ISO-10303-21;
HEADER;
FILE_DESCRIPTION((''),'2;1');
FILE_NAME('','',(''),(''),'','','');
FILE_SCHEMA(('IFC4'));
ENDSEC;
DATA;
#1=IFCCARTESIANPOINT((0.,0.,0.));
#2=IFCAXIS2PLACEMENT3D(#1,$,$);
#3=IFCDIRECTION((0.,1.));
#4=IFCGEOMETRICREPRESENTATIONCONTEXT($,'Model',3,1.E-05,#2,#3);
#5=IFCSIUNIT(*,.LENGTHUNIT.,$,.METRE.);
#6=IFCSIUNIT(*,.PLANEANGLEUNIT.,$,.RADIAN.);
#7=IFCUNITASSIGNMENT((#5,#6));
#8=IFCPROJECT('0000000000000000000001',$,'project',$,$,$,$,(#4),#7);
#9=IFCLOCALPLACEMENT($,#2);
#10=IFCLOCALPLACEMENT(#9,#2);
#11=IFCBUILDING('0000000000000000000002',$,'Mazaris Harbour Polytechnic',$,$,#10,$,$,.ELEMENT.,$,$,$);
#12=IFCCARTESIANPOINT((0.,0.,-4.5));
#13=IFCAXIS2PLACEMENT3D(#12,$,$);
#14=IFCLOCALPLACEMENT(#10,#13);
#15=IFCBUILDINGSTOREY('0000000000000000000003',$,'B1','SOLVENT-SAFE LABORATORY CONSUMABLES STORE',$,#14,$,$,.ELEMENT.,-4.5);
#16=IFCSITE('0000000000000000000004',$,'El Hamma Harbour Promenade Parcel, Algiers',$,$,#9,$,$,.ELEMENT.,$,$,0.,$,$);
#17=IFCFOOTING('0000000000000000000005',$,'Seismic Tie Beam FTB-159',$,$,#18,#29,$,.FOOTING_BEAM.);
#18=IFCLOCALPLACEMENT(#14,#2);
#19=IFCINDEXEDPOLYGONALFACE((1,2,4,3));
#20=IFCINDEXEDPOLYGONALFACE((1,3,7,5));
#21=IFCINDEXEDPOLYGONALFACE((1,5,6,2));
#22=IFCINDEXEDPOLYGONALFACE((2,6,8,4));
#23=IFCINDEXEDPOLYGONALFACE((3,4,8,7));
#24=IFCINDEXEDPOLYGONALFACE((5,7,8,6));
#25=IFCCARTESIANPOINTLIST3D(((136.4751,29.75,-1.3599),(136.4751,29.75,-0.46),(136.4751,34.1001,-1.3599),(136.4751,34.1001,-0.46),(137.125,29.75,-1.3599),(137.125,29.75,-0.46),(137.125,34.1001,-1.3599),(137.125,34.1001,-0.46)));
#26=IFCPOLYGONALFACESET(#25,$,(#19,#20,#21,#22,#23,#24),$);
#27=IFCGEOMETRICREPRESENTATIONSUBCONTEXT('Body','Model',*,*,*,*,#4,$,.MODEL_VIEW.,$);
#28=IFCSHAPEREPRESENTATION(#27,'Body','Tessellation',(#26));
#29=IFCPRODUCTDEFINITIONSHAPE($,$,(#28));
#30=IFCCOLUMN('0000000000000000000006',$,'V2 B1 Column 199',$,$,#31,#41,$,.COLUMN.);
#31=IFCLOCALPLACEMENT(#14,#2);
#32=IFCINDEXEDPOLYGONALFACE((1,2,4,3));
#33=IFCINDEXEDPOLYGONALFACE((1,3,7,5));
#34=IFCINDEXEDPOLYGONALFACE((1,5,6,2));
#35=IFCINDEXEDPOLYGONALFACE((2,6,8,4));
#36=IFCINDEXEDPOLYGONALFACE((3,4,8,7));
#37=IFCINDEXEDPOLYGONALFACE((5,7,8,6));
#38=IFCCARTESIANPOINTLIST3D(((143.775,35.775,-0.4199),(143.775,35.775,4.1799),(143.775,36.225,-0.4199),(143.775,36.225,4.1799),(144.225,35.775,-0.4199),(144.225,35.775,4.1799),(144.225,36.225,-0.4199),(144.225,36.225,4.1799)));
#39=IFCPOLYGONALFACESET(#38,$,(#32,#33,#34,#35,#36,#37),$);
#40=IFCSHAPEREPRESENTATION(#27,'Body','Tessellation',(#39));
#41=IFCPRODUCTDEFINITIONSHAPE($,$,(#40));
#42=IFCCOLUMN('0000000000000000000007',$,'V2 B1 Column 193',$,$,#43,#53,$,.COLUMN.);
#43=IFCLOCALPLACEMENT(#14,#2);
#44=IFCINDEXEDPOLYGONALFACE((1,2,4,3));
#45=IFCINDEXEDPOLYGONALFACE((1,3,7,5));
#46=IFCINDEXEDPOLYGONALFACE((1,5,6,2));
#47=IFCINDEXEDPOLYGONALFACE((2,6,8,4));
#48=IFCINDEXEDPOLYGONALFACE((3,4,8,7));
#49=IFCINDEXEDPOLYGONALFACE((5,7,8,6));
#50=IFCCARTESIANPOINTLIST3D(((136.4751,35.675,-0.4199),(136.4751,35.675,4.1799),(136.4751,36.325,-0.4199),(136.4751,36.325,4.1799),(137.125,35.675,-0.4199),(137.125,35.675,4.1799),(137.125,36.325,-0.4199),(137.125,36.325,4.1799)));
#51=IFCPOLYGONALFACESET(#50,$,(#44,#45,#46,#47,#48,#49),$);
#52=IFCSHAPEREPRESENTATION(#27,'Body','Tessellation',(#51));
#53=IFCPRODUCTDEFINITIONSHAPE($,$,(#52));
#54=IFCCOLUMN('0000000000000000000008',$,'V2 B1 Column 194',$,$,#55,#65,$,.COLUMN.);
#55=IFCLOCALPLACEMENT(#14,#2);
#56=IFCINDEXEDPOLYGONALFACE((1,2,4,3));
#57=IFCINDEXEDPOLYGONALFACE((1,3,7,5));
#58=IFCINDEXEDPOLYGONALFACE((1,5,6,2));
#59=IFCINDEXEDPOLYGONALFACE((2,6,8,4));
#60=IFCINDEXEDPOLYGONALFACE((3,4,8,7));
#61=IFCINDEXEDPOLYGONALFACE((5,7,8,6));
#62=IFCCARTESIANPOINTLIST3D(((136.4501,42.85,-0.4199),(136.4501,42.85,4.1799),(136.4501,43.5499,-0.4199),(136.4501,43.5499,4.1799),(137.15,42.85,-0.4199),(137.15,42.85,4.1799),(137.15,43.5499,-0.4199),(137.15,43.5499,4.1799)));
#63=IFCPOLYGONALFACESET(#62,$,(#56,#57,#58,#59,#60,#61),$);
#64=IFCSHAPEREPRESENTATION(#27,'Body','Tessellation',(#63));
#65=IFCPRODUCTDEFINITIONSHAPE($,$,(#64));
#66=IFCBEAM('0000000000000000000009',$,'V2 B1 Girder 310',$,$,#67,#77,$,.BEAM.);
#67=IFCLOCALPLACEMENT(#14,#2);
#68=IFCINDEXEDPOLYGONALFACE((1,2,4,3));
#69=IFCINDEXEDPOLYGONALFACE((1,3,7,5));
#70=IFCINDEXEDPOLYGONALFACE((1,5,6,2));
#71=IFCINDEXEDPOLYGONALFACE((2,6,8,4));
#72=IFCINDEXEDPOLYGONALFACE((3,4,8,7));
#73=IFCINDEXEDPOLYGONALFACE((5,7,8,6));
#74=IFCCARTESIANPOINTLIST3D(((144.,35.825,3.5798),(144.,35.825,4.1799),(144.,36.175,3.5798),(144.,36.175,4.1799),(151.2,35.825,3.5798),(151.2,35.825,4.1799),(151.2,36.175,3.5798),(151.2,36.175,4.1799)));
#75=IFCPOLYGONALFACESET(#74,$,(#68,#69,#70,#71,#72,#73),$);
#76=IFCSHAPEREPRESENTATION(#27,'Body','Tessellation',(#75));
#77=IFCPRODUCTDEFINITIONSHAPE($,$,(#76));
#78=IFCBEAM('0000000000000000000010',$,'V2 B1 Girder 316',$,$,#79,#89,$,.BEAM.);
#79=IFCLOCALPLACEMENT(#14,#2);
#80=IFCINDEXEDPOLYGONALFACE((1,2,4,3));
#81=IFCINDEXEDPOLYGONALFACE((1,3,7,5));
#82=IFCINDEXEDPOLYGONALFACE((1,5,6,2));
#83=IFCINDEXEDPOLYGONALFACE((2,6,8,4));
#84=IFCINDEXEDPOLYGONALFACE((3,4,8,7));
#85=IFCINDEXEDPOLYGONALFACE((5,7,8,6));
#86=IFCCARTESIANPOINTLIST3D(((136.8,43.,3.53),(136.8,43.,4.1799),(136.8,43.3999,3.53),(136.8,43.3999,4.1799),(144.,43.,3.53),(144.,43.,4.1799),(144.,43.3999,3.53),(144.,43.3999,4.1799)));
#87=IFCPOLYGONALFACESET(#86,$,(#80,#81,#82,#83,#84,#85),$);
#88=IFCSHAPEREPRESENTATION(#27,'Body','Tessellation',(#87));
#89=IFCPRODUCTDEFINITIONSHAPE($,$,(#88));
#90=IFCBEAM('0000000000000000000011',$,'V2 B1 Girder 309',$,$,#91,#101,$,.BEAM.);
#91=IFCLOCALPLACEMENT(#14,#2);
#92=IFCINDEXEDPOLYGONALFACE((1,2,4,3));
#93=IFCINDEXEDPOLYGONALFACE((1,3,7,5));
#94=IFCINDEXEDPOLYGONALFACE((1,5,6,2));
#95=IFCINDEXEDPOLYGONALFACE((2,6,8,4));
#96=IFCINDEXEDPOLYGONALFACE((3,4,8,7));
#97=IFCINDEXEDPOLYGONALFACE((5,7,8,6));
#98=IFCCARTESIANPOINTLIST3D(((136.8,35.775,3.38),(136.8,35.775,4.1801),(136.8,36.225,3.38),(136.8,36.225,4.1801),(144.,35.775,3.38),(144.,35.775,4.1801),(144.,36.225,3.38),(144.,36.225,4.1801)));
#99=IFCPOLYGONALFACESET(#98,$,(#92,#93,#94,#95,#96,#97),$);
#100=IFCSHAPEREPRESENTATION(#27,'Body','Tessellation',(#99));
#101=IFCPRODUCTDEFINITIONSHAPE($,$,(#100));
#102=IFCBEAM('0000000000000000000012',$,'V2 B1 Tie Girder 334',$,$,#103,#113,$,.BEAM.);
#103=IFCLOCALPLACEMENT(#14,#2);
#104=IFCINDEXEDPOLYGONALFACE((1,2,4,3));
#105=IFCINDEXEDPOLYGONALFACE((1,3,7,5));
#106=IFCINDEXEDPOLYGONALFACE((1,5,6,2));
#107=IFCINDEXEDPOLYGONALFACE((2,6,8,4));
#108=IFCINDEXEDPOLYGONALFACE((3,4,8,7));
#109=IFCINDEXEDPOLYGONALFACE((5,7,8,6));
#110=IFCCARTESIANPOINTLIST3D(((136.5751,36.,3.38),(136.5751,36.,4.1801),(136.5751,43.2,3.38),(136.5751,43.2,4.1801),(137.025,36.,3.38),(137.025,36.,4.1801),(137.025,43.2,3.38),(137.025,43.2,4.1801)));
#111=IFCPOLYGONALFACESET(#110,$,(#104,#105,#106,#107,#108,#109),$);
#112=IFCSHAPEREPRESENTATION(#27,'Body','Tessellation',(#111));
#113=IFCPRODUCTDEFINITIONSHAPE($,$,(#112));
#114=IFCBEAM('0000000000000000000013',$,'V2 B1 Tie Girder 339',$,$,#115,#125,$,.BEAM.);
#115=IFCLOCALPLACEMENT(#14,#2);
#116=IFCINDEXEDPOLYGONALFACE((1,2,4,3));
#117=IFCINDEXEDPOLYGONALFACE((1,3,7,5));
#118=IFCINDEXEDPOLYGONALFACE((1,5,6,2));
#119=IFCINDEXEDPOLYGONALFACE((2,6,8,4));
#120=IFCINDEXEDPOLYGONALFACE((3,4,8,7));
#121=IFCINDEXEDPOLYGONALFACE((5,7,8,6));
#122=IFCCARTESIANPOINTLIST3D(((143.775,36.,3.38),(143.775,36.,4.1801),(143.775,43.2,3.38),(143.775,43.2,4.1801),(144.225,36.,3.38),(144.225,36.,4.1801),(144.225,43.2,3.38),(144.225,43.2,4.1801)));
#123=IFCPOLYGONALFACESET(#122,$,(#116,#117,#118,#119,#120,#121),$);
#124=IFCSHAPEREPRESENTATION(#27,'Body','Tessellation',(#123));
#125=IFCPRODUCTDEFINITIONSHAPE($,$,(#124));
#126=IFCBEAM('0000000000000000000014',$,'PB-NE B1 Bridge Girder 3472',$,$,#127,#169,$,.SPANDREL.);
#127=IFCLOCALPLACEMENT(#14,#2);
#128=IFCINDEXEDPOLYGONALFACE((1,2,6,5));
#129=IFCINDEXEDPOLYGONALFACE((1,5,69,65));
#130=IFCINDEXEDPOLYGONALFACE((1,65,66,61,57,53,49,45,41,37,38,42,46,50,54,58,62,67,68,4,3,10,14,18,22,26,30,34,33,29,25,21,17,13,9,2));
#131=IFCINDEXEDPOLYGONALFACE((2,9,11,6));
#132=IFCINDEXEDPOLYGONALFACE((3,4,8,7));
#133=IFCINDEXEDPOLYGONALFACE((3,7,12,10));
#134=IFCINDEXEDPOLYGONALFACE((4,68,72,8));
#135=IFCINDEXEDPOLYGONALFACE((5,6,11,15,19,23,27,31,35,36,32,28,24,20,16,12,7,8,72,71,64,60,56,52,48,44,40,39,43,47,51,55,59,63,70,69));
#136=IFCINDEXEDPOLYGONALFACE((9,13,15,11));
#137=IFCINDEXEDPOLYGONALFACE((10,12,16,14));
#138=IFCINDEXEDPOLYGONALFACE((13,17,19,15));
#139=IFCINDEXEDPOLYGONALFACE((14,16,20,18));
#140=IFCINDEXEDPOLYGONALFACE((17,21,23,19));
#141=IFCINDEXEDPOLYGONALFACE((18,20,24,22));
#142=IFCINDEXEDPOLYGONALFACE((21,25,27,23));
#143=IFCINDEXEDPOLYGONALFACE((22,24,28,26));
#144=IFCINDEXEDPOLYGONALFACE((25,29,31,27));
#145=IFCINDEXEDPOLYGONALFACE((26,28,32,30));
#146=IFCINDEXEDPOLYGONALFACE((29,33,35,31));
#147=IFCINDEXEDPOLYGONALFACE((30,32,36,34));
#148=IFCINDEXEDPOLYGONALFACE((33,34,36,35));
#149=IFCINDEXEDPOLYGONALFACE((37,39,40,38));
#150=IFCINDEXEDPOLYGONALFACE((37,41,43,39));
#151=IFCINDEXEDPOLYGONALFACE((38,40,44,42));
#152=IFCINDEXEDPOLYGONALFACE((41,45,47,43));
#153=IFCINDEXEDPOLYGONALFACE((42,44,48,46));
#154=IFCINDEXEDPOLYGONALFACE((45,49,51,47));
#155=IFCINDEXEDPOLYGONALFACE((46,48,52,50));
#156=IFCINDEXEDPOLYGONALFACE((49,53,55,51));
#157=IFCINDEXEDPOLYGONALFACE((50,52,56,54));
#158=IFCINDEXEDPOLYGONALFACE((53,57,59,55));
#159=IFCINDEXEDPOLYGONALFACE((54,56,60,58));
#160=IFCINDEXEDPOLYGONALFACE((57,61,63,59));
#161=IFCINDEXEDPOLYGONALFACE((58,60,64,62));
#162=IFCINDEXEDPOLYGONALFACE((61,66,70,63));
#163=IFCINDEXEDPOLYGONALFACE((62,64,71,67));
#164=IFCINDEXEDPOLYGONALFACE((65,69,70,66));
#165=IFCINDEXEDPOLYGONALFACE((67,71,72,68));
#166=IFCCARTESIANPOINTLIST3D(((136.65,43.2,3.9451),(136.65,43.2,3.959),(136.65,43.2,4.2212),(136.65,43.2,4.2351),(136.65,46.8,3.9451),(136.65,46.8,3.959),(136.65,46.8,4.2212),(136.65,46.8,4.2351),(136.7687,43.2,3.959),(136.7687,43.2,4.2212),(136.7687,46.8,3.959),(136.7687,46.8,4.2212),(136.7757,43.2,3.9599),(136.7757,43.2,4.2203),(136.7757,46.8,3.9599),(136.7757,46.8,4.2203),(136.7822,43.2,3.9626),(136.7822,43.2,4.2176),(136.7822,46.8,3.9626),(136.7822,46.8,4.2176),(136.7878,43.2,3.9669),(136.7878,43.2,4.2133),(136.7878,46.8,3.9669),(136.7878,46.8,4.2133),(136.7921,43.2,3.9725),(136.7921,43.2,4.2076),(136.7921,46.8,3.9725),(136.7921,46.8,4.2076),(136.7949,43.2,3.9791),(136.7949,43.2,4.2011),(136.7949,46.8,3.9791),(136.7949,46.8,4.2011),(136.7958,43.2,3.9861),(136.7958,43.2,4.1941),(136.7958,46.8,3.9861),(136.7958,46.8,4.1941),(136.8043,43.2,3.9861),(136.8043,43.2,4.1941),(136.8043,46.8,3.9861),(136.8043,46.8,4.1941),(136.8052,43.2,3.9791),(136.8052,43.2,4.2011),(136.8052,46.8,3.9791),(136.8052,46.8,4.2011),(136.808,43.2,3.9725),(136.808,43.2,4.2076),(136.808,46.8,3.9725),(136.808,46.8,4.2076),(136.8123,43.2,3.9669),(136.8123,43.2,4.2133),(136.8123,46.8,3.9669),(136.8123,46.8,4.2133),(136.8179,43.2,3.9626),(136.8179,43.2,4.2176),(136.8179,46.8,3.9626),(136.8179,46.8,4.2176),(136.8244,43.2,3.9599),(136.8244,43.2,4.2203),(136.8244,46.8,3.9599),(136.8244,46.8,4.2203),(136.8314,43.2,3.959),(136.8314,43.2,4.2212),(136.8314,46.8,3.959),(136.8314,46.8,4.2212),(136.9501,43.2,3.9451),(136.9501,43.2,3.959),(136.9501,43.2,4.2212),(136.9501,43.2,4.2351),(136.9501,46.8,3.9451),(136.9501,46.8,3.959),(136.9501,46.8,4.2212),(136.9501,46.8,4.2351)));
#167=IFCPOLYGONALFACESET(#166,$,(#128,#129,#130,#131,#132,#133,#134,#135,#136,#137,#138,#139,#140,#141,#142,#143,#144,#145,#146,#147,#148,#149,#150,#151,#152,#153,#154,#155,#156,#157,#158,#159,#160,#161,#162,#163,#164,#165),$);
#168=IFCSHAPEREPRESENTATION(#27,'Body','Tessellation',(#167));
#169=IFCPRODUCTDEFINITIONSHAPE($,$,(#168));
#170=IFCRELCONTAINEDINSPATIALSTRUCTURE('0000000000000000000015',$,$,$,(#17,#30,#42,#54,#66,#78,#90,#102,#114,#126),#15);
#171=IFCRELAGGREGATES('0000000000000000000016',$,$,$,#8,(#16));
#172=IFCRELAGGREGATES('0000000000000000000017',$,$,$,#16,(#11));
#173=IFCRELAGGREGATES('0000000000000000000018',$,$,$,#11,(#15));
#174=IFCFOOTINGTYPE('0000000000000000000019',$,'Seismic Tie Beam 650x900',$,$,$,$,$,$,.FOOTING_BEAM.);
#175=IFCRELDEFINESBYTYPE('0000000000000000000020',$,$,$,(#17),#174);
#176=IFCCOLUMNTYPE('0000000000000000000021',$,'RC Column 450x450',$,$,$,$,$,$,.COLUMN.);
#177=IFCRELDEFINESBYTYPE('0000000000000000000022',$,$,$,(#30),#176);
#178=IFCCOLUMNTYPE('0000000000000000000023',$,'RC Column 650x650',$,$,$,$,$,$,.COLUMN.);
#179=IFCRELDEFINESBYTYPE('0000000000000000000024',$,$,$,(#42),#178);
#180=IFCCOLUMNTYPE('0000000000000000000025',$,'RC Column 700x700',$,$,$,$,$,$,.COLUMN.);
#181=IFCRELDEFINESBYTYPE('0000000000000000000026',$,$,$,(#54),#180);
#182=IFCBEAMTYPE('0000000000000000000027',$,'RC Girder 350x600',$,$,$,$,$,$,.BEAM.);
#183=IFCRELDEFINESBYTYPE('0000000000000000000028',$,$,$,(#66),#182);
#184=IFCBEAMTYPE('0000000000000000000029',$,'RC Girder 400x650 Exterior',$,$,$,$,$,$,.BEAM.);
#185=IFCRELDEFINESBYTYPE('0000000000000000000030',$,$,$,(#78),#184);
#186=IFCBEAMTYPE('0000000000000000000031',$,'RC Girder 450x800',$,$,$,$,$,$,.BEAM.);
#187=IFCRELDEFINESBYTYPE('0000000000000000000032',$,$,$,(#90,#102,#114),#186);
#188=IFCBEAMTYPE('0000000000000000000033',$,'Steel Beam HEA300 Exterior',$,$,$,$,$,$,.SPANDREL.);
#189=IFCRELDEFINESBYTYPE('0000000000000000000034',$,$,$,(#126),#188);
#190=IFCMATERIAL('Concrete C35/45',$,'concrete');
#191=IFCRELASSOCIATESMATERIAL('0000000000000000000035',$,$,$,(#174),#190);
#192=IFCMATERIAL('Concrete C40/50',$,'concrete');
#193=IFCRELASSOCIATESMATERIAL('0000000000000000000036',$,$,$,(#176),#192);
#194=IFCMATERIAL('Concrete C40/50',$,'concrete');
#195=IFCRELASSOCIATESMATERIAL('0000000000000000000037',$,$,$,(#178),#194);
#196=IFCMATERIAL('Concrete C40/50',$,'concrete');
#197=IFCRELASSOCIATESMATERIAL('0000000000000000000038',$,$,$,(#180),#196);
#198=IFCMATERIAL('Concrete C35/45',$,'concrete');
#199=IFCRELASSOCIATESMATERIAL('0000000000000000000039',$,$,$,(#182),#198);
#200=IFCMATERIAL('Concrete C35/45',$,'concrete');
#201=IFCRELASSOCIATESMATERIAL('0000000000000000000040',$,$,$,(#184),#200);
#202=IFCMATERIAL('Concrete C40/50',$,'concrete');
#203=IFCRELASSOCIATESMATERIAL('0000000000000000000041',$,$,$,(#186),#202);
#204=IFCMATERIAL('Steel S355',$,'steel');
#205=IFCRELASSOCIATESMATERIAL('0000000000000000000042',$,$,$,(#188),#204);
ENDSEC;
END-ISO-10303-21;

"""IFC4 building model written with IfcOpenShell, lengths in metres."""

from ifc_helpers import new_model, si_unit, direction, frame, origin, origin_2d, place, context, subcontext, project, spatial, rectangle, i_section, extrude, material, material_profile, profile_set, type_object, element, save


model = new_model("IFC4")

# Units and contexts
model_context = context("Model", 3, precision=1e-05, world=origin(), true_north=direction((0.0, 1.0)))
body_context = subcontext(model_context, "Body", "Model", "MODEL_VIEW")
ifc_project = project(units=[si_unit("LENGTHUNIT", "METRE"), si_unit("PLANEANGLEUNIT", "RADIAN")], contexts=[model_context])

# Site, building, storey
site_placement = place(None, origin())
site = spatial("IfcSite", under=ifc_project, at=site_placement, Name="El Hamma Harbour Promenade Parcel, Algiers", CompositionType="ELEMENT", RefElevation=0.0)
building_placement = place(site_placement, origin())
building = spatial("IfcBuilding", under=site, at=building_placement, Name="Mazaris Harbour Polytechnic", CompositionType="ELEMENT")
storey_placement = place(building_placement, frame((0.0, 0.0, -4.5)))
storey = spatial("IfcBuildingStorey", under=building, at=storey_placement, Name="B1", Description="SOLVENT-SAFE LABORATORY CONSUMABLES STORE", CompositionType="ELEMENT", Elevation=-4.5)

# Footing
ifc_material_1 = material(Name="Concrete C35/45", Category="concrete")
ifc_material_profile_1 = material_profile(ifc_material_1, rectangle(XDim=0.6499, YDim=0.8999, at=origin_2d()), Name="RECT650x900")
ifc_profile_set_1 = profile_set([ifc_material_profile_1], Name="Concrete C35/45")
footing_type_1 = type_object("IfcFootingType", Name="Seismic Tie Beam 650x900", PredefinedType="FOOTING_BEAM", material=ifc_profile_set_1)
footing_1_placement = place(storey_placement, frame((136.8, 29.75, -0.9099), z_axis=(0.0, 1.0, 0.0), x_axis=(-1.0, 0.0, 0.0)))
element("IfcFooting", 1, at=footing_1_placement, inside=storey, type_object=footing_type_1, Name="Seismic Tie Beam FTB-159", PredefinedType="FOOTING_BEAM", context=body_context, shape_type="SweptSolid", body=[
    extrude(rectangle(XDim=0.6499, YDim=0.8999, at=origin_2d()), origin(), (0.0, 0.0, 1.0), 4.3501),
])

# Columns
ifc_material_2 = material(Name="Concrete C40/50", Category="concrete")
ifc_material_profile_2 = material_profile(ifc_material_2, rectangle(XDim=0.45, YDim=0.45, at=origin_2d()), Name="RECT450x450")
ifc_profile_set_2 = profile_set([ifc_material_profile_2], Name="Concrete C40/50")
column_type_1 = type_object("IfcColumnType", Name="RC Column 450x450", PredefinedType="COLUMN", material=ifc_profile_set_2)
column_1_placement = place(storey_placement, frame((144.0, 36.0, -0.4199), z_axis=(0.0, 0.0, 1.0), x_axis=(1.0, 0.0, 0.0)))
element("IfcColumn", 2, at=column_1_placement, inside=storey, type_object=column_type_1, Name="V2 B1 Column 199", PredefinedType="COLUMN", context=body_context, shape_type="SweptSolid", body=[
    extrude(rectangle(XDim=0.45, YDim=0.45, at=origin_2d()), origin(), (0.0, 0.0, 1.0), 4.5999),
])
ifc_material_3 = material(Name="Concrete C40/50", Category="concrete")
ifc_material_profile_3 = material_profile(ifc_material_3, rectangle(XDim=0.6499, YDim=0.6499, at=origin_2d()), Name="RECT650x650")
ifc_profile_set_3 = profile_set([ifc_material_profile_3], Name="Concrete C40/50")
column_type_2 = type_object("IfcColumnType", Name="RC Column 650x650", PredefinedType="COLUMN", material=ifc_profile_set_3)
column_2_placement = place(storey_placement, frame((136.8, 36.0, -0.4199), z_axis=(0.0, 0.0, 1.0), x_axis=(1.0, 0.0, 0.0)))
element("IfcColumn", 3, at=column_2_placement, inside=storey, type_object=column_type_2, Name="V2 B1 Column 193", PredefinedType="COLUMN", context=body_context, shape_type="SweptSolid", body=[
    extrude(rectangle(XDim=0.6499, YDim=0.6499, at=origin_2d()), origin(), (0.0, 0.0, 1.0), 4.5999),
])
ifc_material_4 = material(Name="Concrete C40/50", Category="concrete")
ifc_material_profile_4 = material_profile(ifc_material_4, rectangle(XDim=0.7, YDim=0.7, at=origin_2d()), Name="RECT700x700")
ifc_profile_set_4 = profile_set([ifc_material_profile_4], Name="Concrete C40/50")
column_type_3 = type_object("IfcColumnType", Name="RC Column 700x700", PredefinedType="COLUMN", material=ifc_profile_set_4)
column_3_placement = place(storey_placement, frame((136.8, 43.2, -0.4199), z_axis=(0.0, 0.0, 1.0), x_axis=(1.0, 0.0, 0.0)))
element("IfcColumn", 4, at=column_3_placement, inside=storey, type_object=column_type_3, Name="V2 B1 Column 194", PredefinedType="COLUMN", context=body_context, shape_type="SweptSolid", body=[
    extrude(rectangle(XDim=0.7, YDim=0.7, at=origin_2d()), origin(), (0.0, 0.0, 1.0), 4.5999),
])

# Beams
ifc_material_5 = material(Name="Concrete C35/45", Category="concrete")
ifc_material_profile_5 = material_profile(ifc_material_5, rectangle(XDim=0.3501, YDim=0.6001, at=origin_2d()), Name="RECT350x600")
ifc_profile_set_5 = profile_set([ifc_material_profile_5], Name="Concrete C35/45")
beam_type_1 = type_object("IfcBeamType", Name="RC Girder 350x600", PredefinedType="BEAM", material=ifc_profile_set_5)
beam_1_placement = place(storey_placement, frame((144.0, 36.0, 3.8799), z_axis=(1.0, 0.0, 0.0), x_axis=(0.0, 1.0, 0.0)))
element("IfcBeam", 5, at=beam_1_placement, inside=storey, type_object=beam_type_1, Name="V2 B1 Girder 310", PredefinedType="BEAM", context=body_context, shape_type="SweptSolid", body=[
    extrude(rectangle(XDim=0.3501, YDim=0.6001, at=origin_2d()), origin(), (0.0, 0.0, 1.0), 7.2),
])
ifc_material_6 = material(Name="Concrete C35/45", Category="concrete")
ifc_material_profile_6 = material_profile(ifc_material_6, rectangle(XDim=0.3999, YDim=0.6499, at=origin_2d()), Name="RECT400x650")
ifc_profile_set_6 = profile_set([ifc_material_profile_6], Name="Concrete C35/45")
beam_type_2 = type_object("IfcBeamType", Name="RC Girder 400x650 Exterior", PredefinedType="BEAM", material=ifc_profile_set_6)
beam_2_placement = place(storey_placement, frame((136.8, 43.2, 3.855), z_axis=(1.0, 0.0, 0.0), x_axis=(0.0, 1.0, 0.0)))
element("IfcBeam", 6, at=beam_2_placement, inside=storey, type_object=beam_type_2, Name="V2 B1 Girder 316", PredefinedType="BEAM", context=body_context, shape_type="SweptSolid", body=[
    extrude(rectangle(XDim=0.3999, YDim=0.6499, at=origin_2d()), origin(), (0.0, 0.0, 1.0), 7.2),
])
ifc_material_7 = material(Name="Concrete C40/50", Category="concrete")
ifc_material_profile_7 = material_profile(ifc_material_7, rectangle(XDim=0.45, YDim=0.8, at=origin_2d()), Name="RECT450x800")
ifc_profile_set_7 = profile_set([ifc_material_profile_7], Name="Concrete C40/50")
beam_type_3 = type_object("IfcBeamType", Name="RC Girder 450x800", PredefinedType="BEAM", material=ifc_profile_set_7)
for number, where, z_axis, x_axis, name in (
    (7, (136.8, 36.0, 3.78), (1.0, 0.0, 0.0), (0.0, 1.0, 0.0), "V2 B1 Girder 309"),
    (8, (136.8, 36.0, 3.78), (0.0, 1.0, 0.0), (-1.0, 0.0, 0.0), "V2 B1 Tie Girder 334"),
    (9, (144.0, 36.0, 3.78), (0.0, 1.0, 0.0), (-1.0, 0.0, 0.0), "V2 B1 Tie Girder 339"),
):
    element("IfcBeam", number, at=place(storey_placement, frame(where, z_axis=z_axis, x_axis=x_axis)), inside=storey, type_object=beam_type_3, Name=name, PredefinedType="BEAM", context=body_context, shape_type="SweptSolid", body=[
        extrude(rectangle(XDim=0.45, YDim=0.8, at=origin_2d()), origin(), (0.0, 0.0, 1.0), 7.2),
    ])
ifc_material_8 = material(Name="Steel S355", Category="steel")
ifc_material_profile_8 = material_profile(ifc_material_8, i_section(OverallWidth=0.3, OverallDepth=0.29, WebThickness=0.0085, FlangeThickness=0.0139, FilletRadius=0.0271, at=origin_2d()), Name="HEA 300")
ifc_profile_set_8 = profile_set([ifc_material_profile_8], Name="Steel S355")
beam_type_4 = type_object("IfcBeamType", Name="Steel Beam HEA300 Exterior", PredefinedType="SPANDREL", material=ifc_profile_set_8)
beam_3_placement = place(storey_placement, frame((136.8, 43.2, 4.0901), z_axis=(0.0, 1.0, 0.0), x_axis=(-1.0, 0.0, 0.0)))
element("IfcBeam", 10, at=beam_3_placement, inside=storey, type_object=beam_type_4, Name="PB-NE B1 Bridge Girder 3472", PredefinedType="SPANDREL", context=body_context, shape_type="SweptSolid", body=[
    extrude(i_section(OverallWidth=0.3, OverallDepth=0.29, WebThickness=0.0085, FlangeThickness=0.0139, FilletRadius=0.0271, at=origin_2d()), origin(), (0.0, 0.0, 1.0), 3.6001),
])

save(model, "model.ifc")
